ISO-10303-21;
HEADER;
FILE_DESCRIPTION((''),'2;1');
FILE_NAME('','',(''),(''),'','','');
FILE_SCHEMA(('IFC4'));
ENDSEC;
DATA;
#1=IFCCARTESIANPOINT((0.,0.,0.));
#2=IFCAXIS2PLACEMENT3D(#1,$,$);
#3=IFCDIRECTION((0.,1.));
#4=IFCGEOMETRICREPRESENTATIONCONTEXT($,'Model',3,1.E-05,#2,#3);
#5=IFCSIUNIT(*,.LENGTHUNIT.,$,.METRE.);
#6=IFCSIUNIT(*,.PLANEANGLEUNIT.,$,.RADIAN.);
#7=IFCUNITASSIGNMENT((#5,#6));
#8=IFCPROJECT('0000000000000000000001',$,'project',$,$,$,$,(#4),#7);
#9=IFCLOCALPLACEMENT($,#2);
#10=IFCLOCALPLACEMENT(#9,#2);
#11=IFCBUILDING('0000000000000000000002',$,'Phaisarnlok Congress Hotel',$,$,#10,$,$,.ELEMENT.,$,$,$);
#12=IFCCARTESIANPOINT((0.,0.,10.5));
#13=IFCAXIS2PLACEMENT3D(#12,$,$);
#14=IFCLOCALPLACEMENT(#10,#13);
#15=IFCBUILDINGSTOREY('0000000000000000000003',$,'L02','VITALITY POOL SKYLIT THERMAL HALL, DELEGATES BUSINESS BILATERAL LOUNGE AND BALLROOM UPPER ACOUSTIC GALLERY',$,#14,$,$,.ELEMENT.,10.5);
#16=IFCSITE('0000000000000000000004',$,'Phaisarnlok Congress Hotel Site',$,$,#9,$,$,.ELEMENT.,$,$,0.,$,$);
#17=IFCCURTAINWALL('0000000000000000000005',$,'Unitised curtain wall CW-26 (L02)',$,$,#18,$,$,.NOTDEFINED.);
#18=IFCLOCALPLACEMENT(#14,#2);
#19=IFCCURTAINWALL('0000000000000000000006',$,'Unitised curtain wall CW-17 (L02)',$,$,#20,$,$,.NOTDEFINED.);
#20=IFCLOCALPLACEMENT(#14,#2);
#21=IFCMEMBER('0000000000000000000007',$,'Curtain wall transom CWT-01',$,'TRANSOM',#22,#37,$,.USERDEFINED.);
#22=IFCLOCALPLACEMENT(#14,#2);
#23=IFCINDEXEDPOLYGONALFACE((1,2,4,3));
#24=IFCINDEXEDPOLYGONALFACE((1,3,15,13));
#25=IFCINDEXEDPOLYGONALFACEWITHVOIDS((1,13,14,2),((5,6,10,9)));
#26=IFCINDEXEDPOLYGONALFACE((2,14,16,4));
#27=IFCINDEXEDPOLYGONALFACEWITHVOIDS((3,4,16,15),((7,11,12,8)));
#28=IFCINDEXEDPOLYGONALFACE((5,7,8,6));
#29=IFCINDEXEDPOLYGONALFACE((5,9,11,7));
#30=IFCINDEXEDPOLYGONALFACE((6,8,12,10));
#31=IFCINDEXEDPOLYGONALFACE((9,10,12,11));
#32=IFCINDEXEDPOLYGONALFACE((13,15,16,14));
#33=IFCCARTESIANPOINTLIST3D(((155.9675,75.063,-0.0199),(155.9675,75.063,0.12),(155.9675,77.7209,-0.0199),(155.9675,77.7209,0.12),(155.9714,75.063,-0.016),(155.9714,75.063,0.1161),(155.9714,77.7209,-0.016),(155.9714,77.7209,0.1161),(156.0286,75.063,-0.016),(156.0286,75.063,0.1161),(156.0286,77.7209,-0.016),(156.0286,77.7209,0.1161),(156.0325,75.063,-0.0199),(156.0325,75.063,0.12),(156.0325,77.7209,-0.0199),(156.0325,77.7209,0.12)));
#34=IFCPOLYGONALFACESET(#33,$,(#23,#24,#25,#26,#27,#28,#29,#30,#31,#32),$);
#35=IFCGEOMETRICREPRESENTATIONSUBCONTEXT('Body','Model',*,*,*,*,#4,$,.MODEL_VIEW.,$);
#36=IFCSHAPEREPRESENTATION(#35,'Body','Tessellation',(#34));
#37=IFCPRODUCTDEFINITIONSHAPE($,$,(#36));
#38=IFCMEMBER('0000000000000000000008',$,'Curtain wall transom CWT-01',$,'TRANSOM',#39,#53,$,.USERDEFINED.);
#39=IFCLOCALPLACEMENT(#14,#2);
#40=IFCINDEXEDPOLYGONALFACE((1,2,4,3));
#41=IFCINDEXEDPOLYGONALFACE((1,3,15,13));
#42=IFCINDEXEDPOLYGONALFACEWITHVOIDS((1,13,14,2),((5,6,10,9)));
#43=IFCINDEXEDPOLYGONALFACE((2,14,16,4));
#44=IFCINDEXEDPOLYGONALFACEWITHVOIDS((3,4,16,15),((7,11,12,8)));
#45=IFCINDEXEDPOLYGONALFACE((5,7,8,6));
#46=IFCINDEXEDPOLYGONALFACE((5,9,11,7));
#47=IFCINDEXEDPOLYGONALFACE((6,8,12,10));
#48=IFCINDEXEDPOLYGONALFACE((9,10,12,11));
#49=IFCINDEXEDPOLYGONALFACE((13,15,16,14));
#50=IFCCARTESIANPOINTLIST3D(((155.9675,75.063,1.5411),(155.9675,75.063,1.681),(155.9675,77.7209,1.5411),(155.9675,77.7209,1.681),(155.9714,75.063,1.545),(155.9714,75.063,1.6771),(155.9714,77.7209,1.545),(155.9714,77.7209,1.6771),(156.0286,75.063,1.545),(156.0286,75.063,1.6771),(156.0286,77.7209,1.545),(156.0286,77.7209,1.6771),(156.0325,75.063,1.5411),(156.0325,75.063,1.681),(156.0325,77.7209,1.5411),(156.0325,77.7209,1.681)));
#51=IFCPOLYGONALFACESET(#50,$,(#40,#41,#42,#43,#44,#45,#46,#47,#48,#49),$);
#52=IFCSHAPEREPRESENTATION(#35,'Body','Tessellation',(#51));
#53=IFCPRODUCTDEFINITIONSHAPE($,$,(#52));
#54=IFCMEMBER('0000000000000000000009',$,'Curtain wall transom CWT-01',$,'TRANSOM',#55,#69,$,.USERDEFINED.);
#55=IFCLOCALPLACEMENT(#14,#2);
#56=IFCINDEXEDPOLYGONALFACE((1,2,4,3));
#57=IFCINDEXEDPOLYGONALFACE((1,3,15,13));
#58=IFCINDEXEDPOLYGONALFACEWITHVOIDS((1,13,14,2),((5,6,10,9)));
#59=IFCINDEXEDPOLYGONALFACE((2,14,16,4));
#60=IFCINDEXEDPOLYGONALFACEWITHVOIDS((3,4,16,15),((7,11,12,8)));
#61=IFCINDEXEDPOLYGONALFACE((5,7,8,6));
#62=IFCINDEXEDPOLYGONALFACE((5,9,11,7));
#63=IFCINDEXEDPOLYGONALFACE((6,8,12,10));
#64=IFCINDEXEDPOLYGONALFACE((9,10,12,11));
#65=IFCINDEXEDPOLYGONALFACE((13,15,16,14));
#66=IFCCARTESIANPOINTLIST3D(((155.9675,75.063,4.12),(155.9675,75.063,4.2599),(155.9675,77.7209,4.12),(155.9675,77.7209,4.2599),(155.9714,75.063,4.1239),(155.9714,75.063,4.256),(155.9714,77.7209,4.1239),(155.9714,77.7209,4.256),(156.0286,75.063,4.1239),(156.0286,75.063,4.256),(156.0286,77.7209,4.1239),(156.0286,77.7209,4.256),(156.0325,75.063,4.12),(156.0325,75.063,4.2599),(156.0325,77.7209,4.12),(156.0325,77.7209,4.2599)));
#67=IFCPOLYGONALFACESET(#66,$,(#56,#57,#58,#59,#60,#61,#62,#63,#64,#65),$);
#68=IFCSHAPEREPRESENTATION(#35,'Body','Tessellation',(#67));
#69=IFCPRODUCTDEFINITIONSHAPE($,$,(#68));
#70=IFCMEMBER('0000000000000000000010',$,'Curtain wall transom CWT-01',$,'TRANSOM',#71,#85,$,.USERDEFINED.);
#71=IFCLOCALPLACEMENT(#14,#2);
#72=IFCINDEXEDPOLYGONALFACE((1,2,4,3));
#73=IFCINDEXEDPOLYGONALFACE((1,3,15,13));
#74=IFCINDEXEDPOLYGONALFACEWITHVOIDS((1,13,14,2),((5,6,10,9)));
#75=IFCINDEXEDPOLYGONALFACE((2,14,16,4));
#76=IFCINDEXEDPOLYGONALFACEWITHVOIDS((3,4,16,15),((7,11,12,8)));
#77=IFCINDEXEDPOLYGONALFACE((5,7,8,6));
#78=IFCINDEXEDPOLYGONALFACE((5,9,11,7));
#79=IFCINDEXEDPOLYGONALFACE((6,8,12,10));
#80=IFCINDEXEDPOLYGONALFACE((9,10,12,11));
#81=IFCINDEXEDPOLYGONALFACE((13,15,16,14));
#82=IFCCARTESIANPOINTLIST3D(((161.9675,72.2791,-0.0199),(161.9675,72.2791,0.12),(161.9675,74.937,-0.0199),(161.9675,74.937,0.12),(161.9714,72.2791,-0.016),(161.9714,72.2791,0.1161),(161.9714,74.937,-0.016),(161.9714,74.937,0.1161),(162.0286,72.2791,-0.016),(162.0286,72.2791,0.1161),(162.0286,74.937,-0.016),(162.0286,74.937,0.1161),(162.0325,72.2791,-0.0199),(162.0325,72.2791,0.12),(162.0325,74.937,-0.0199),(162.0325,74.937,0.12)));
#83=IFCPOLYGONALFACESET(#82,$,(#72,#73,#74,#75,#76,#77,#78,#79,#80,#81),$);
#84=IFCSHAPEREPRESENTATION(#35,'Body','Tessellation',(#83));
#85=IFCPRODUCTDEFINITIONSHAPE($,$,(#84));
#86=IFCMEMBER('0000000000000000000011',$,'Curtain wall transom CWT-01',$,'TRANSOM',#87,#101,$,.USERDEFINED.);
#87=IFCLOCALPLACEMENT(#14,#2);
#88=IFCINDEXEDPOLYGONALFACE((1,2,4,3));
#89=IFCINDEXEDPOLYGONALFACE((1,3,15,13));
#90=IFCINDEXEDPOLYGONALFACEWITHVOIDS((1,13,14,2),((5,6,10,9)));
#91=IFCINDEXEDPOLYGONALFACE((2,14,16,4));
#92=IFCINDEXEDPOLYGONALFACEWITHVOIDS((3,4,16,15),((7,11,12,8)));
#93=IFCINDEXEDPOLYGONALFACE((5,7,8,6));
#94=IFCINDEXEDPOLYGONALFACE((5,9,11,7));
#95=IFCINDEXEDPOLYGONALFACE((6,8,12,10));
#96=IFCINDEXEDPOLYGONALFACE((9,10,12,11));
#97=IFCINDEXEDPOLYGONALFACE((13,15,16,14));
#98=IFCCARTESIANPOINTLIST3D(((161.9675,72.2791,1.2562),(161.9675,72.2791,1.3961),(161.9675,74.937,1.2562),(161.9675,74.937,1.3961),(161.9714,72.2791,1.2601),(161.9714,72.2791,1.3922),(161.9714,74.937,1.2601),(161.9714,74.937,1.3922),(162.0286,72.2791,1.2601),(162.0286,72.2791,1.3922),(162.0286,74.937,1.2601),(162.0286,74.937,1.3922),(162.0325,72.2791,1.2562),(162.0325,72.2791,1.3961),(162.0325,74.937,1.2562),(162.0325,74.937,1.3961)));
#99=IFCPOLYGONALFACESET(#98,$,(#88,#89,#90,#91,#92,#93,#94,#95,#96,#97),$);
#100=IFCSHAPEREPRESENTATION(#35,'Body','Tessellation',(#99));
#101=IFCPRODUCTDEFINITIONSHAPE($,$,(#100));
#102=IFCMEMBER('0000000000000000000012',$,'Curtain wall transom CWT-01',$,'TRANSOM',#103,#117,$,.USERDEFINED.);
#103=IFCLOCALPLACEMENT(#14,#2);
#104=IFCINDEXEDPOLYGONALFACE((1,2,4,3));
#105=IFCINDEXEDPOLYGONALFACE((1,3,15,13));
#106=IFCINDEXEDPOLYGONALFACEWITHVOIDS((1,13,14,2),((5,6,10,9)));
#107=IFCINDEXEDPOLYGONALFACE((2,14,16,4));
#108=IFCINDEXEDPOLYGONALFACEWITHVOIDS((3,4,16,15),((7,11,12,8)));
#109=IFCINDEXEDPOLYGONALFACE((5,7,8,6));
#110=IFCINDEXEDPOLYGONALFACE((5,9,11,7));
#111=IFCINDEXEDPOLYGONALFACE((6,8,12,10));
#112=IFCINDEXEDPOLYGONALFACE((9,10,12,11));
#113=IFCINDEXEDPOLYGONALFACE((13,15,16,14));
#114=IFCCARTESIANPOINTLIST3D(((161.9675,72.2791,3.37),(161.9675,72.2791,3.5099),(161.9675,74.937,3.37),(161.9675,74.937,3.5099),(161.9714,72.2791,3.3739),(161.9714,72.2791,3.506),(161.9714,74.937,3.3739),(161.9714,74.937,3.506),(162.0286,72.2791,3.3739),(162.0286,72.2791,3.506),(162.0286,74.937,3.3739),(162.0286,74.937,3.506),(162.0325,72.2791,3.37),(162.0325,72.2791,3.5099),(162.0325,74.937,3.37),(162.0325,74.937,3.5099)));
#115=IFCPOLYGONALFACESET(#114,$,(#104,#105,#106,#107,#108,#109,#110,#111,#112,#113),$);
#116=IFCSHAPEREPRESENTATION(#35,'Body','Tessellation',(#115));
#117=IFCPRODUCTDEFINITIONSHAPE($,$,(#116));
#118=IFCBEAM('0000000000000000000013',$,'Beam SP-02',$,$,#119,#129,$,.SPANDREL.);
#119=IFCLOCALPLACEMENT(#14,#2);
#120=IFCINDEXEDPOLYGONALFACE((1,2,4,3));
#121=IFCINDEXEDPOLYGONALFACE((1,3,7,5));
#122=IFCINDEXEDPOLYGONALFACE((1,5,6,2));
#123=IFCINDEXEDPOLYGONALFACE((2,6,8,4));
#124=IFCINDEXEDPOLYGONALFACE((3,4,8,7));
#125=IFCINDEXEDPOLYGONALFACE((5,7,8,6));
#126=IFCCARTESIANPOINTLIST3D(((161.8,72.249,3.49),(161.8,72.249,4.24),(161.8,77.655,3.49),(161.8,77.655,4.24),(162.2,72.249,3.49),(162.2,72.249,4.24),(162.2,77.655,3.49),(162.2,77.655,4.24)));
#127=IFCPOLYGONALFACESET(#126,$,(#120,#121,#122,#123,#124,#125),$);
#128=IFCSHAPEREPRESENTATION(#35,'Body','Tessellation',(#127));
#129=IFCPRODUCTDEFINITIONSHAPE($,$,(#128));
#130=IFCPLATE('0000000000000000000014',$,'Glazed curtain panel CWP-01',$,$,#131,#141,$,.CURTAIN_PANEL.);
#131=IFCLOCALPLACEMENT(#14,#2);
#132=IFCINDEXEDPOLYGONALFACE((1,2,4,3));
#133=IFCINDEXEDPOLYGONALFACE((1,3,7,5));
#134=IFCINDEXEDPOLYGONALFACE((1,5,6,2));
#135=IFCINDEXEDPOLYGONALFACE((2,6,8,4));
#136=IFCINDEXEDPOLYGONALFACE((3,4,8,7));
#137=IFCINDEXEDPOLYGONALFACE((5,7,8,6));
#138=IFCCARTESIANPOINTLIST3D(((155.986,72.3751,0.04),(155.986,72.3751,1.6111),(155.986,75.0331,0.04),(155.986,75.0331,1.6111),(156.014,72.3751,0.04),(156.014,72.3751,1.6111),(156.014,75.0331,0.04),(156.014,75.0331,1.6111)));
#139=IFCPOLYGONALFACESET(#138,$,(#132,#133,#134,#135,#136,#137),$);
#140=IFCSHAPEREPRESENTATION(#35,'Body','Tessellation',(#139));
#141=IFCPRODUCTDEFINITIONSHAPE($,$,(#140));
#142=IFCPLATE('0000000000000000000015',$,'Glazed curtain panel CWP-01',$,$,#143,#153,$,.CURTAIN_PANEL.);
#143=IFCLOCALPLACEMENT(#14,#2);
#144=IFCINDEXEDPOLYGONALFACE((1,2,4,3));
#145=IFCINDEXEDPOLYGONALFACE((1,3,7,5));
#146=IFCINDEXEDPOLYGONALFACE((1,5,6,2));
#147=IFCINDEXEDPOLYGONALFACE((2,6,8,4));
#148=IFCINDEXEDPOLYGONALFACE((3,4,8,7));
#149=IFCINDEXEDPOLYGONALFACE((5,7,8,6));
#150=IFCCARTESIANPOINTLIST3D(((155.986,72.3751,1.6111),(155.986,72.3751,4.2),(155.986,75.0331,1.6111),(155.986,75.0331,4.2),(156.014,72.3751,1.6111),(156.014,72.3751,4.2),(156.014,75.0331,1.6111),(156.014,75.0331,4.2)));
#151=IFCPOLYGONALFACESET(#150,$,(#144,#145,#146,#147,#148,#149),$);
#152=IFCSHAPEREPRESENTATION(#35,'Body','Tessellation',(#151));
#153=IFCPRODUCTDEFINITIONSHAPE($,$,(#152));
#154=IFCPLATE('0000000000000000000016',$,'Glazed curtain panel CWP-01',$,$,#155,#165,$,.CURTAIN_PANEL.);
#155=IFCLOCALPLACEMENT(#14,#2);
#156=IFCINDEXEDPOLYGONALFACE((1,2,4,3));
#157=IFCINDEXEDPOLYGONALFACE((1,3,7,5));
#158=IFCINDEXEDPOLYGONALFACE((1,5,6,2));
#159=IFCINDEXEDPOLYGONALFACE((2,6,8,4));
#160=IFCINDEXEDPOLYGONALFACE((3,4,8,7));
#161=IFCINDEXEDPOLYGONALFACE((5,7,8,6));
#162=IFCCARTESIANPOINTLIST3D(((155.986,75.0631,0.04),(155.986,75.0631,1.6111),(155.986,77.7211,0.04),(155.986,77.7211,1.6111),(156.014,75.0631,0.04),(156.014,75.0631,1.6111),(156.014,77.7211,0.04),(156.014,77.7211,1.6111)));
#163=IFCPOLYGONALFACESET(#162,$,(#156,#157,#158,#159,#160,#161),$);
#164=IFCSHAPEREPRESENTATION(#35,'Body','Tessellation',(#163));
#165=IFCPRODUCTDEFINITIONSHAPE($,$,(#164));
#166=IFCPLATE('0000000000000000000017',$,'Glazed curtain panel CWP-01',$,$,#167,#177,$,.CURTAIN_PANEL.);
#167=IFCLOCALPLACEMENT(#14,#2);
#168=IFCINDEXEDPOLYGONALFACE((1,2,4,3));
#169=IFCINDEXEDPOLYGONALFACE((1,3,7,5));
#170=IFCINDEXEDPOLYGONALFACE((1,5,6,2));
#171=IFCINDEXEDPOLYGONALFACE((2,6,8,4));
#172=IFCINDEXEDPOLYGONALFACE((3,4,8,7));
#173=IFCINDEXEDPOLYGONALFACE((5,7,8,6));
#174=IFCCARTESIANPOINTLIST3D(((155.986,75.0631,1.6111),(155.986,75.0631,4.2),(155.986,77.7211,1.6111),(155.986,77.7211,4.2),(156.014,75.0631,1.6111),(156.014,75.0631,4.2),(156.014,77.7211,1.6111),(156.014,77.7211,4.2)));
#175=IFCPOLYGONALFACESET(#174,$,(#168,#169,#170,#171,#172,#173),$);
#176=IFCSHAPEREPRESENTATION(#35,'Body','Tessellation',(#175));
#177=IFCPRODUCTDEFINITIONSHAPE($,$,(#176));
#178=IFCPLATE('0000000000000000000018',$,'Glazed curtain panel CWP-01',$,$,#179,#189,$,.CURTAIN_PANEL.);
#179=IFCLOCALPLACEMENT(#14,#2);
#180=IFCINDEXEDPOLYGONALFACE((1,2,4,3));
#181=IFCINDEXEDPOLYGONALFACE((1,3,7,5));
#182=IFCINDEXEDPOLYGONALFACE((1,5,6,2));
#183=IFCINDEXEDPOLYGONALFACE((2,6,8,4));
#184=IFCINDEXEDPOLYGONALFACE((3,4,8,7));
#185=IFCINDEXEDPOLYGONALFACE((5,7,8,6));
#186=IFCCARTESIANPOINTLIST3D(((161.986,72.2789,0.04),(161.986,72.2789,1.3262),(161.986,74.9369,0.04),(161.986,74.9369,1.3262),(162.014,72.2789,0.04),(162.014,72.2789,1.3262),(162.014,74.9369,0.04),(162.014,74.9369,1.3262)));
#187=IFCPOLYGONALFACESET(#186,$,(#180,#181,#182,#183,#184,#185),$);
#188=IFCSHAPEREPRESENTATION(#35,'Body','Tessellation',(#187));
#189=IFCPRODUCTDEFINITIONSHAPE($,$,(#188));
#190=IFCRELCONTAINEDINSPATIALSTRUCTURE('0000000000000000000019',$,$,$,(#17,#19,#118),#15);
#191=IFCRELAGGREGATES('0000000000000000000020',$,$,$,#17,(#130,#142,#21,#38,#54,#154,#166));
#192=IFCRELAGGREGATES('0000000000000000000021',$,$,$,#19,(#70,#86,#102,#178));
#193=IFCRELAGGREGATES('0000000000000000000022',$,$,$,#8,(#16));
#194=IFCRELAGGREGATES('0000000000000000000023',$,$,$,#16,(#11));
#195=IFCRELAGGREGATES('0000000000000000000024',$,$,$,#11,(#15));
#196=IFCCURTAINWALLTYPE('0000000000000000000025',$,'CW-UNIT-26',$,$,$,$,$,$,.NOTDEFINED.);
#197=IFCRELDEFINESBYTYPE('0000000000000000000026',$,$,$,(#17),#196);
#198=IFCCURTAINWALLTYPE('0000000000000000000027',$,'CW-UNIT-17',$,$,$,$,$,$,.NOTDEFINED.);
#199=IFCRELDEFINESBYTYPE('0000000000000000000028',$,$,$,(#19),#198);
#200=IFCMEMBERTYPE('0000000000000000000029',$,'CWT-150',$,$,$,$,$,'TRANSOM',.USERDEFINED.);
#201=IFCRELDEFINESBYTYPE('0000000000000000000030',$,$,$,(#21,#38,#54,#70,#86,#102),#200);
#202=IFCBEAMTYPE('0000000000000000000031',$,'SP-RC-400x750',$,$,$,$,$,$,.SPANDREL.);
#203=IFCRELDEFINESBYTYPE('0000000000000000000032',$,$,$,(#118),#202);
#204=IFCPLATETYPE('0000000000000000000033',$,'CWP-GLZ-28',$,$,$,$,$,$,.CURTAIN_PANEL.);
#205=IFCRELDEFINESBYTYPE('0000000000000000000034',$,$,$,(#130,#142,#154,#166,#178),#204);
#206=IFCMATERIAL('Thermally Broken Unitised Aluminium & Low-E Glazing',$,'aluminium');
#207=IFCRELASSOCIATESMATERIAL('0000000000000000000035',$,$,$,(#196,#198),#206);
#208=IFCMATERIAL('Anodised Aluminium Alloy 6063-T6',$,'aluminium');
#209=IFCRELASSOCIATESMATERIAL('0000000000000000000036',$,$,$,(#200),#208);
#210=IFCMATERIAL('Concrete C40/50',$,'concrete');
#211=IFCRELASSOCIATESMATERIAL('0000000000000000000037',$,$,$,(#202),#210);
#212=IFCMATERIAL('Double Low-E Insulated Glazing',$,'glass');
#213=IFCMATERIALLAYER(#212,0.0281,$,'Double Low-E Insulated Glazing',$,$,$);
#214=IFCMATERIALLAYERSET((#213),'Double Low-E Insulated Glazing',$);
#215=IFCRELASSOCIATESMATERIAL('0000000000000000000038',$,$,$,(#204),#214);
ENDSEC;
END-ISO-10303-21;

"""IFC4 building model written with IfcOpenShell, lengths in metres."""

from ifc_helpers import new_model, si_unit, direction, frame, frame_2d, origin, origin_2d, place, context, subcontext, project, spatial, rectangle, hollow_rectangle, extrude, material, layer, layer_set, material_profile, profile_set, type_object, element, aggregate, save


model = new_model("IFC4")

# Units and contexts
model_context = context("Model", 3, precision=1e-05, world=origin(), true_north=direction((0.0, 1.0)))
body_context = subcontext(model_context, "Body", "Model", "MODEL_VIEW")
ifc_project = project(units=[si_unit("LENGTHUNIT", "METRE"), si_unit("PLANEANGLEUNIT", "RADIAN")], contexts=[model_context])

# Site, building, storey
site_placement = place(None, origin())
site = spatial("IfcSite", under=ifc_project, at=site_placement, Name="Phaisarnlok Congress Hotel Site", CompositionType="ELEMENT", RefElevation=0.0)
building_placement = place(site_placement, origin())
building = spatial("IfcBuilding", under=site, at=building_placement, Name="Phaisarnlok Congress Hotel", CompositionType="ELEMENT")
storey_placement = place(building_placement, frame((0.0, 0.0, 10.5)))
storey = spatial("IfcBuildingStorey", under=building, at=storey_placement, Name="L02", Description="VITALITY POOL SKYLIT THERMAL HALL, DELEGATES BUSINESS BILATERAL LOUNGE AND BALLROOM UPPER ACOUSTIC GALLERY", CompositionType="ELEMENT", Elevation=10.5)

# Curtain wall
ifc_material_1 = material(Name="Thermally Broken Unitised Aluminium & Low-E Glazing", Category="aluminium")
curtain_wall_type_1 = type_object("IfcCurtainWallType", Name="CW-UNIT-26", PredefinedType="NOTDEFINED", material=ifc_material_1)
curtain_wall_1_placement = place(storey_placement, origin())
curtain_wall_1 = element("IfcCurtainWall", 1, at=curtain_wall_1_placement, inside=storey, type_object=curtain_wall_type_1, Name="Unitised curtain wall CW-26 (L02)", PredefinedType="NOTDEFINED")
ifc_material_2 = material(Name="Anodised Aluminium Alloy 6063-T6", Category="aluminium")

# Curtain wall
curtain_wall_type_2 = type_object("IfcCurtainWallType", Name="CW-UNIT-17", PredefinedType="NOTDEFINED", material=ifc_material_1)
curtain_wall_2_placement = place(storey_placement, origin())
curtain_wall_2 = element("IfcCurtainWall", 2, at=curtain_wall_2_placement, inside=storey, type_object=curtain_wall_type_2, Name="Unitised curtain wall CW-17 (L02)", PredefinedType="NOTDEFINED")

# Members
ifc_material_profile_1 = material_profile(ifc_material_2, hollow_rectangle(XDim=0.0649, YDim=0.1399, WallThickness=0.0039, at=origin_2d()), Name="ALU-T 65x140x4")
ifc_profile_set_1 = profile_set([ifc_material_profile_1], Name="Anodised Aluminium Alloy 6063-T6")
member_type_1 = type_object("IfcMemberType", Name="CWT-150", ElementType="TRANSOM", PredefinedType="USERDEFINED", material=ifc_profile_set_1)
member_1_placement = place(storey_placement, frame((156.0, 75.063, 0.05), z_axis=(0.0, 1.0, 0.0), x_axis=(-1.0, 0.0, 0.0)))
member_1 = element("IfcMember", 3, at=member_1_placement, type_object=member_type_1, Name="Curtain wall transom CWT-01", ObjectType="TRANSOM", PredefinedType="USERDEFINED", context=body_context, shape_type="SweptSolid", body=[
    extrude(hollow_rectangle(XDim=0.0649, YDim=0.1399, WallThickness=0.0039, at=origin_2d()), origin(), (0.0, 0.0, 1.0), 2.658),
])
member_2_placement = place(storey_placement, frame((156.0, 75.063, 1.6111), z_axis=(0.0, 1.0, 0.0), x_axis=(-1.0, 0.0, 0.0)))
member_2 = element("IfcMember", 4, at=member_2_placement, type_object=member_type_1, Name="Curtain wall transom CWT-01", ObjectType="TRANSOM", PredefinedType="USERDEFINED", context=body_context, shape_type="SweptSolid", body=[
    extrude(hollow_rectangle(XDim=0.0649, YDim=0.1399, WallThickness=0.0039, at=origin_2d()), origin(), (0.0, 0.0, 1.0), 2.658),
])
member_3_placement = place(storey_placement, frame((156.0, 75.063, 4.1899), z_axis=(0.0, 1.0, 0.0), x_axis=(-1.0, 0.0, 0.0)))
member_3 = element("IfcMember", 5, at=member_3_placement, type_object=member_type_1, Name="Curtain wall transom CWT-01", ObjectType="TRANSOM", PredefinedType="USERDEFINED", context=body_context, shape_type="SweptSolid", body=[
    extrude(hollow_rectangle(XDim=0.0649, YDim=0.1399, WallThickness=0.0039, at=origin_2d()), origin(), (0.0, 0.0, 1.0), 2.658),
])
member_4_placement = place(storey_placement, frame((162.0, 74.937, 0.05), z_axis=(0.0, -1.0, 0.0), x_axis=(1.0, 0.0, 0.0)))
member_4 = element("IfcMember", 6, at=member_4_placement, type_object=member_type_1, Name="Curtain wall transom CWT-01", ObjectType="TRANSOM", PredefinedType="USERDEFINED", context=body_context, shape_type="SweptSolid", body=[
    extrude(hollow_rectangle(XDim=0.0649, YDim=0.1399, WallThickness=0.0039, at=origin_2d()), origin(), (0.0, 0.0, 1.0), 2.658),
])
member_5_placement = place(storey_placement, frame((162.0, 74.937, 1.3262), z_axis=(0.0, -1.0, 0.0), x_axis=(1.0, 0.0, 0.0)))
member_5 = element("IfcMember", 7, at=member_5_placement, type_object=member_type_1, Name="Curtain wall transom CWT-01", ObjectType="TRANSOM", PredefinedType="USERDEFINED", context=body_context, shape_type="SweptSolid", body=[
    extrude(hollow_rectangle(XDim=0.0649, YDim=0.1399, WallThickness=0.0039, at=origin_2d()), origin(), (0.0, 0.0, 1.0), 2.658),
])
member_6_placement = place(storey_placement, frame((162.0, 74.937, 3.4399), z_axis=(0.0, -1.0, 0.0), x_axis=(1.0, 0.0, 0.0)))
member_6 = element("IfcMember", 8, at=member_6_placement, type_object=member_type_1, Name="Curtain wall transom CWT-01", ObjectType="TRANSOM", PredefinedType="USERDEFINED", context=body_context, shape_type="SweptSolid", body=[
    extrude(hollow_rectangle(XDim=0.0649, YDim=0.1399, WallThickness=0.0039, at=origin_2d()), origin(), (0.0, 0.0, 1.0), 2.658),
])

# Beam
ifc_material_3 = material(Name="Concrete C40/50", Category="concrete")
ifc_material_profile_2 = material_profile(ifc_material_3, rectangle(XDim=0.3999, YDim=0.75, at=origin_2d()), Name="RC 400x750")
ifc_profile_set_2 = profile_set([ifc_material_profile_2], Name="Concrete C40/50")
beam_type = type_object("IfcBeamType", Name="SP-RC-400x750", PredefinedType="SPANDREL", material=ifc_profile_set_2)
beam_placement = place(storey_placement, frame((162.0, 72.249, 3.865), z_axis=(0.0, 1.0, 0.0), x_axis=(-1.0, 0.0, 0.0)))
element("IfcBeam", 9, at=beam_placement, inside=storey, type_object=beam_type, Name="Beam SP-02", PredefinedType="SPANDREL", context=body_context, shape_type="SweptSolid", body=[
    extrude(rectangle(XDim=0.3999, YDim=0.75, at=origin_2d()), origin(), (0.0, 0.0, 1.0), 5.406),
])

# Plates
ifc_material_4 = material(Name="Double Low-E Insulated Glazing", Category="glass")
ifc_layer_1 = layer(ifc_material_4, 0.0281, Name="Double Low-E Insulated Glazing")
ifc_layer_set_1 = layer_set([ifc_layer_1], Name="Double Low-E Insulated Glazing")
plate_type_1 = type_object("IfcPlateType", Name="CWP-GLZ-28", PredefinedType="CURTAIN_PANEL", material=ifc_layer_set_1)
plate_1_placement = place(storey_placement, frame((156.0, 72.375, 0.04), z_axis=(0.0, 0.0, 1.0), x_axis=(0.0, 1.0, 0.0)))
plate_1 = element("IfcPlate", 10, at=plate_1_placement, type_object=plate_type_1, Name="Glazed curtain panel CWP-01", PredefinedType="CURTAIN_PANEL", context=body_context, shape_type="SweptSolid", body=[
    extrude(rectangle(XDim=2.658, YDim=0.0281, at=frame_2d((1.3291, 0.0))), origin(), (0.0, 0.0, 1.0), 1.571),
])
plate_2_placement = place(storey_placement, frame((156.0, 72.375, 1.6111), z_axis=(0.0, 0.0, 1.0), x_axis=(0.0, 1.0, 0.0)))
plate_2 = element("IfcPlate", 11, at=plate_2_placement, type_object=plate_type_1, Name="Glazed curtain panel CWP-01", PredefinedType="CURTAIN_PANEL", context=body_context, shape_type="SweptSolid", body=[
    extrude(rectangle(XDim=2.658, YDim=0.0281, at=frame_2d((1.3291, 0.0))), origin(), (0.0, 0.0, 1.0), 2.5889),
])
plate_3_placement = place(storey_placement, frame((156.0, 75.063, 0.04), z_axis=(0.0, 0.0, 1.0), x_axis=(0.0, 1.0, 0.0)))
plate_3 = element("IfcPlate", 12, at=plate_3_placement, type_object=plate_type_1, Name="Glazed curtain panel CWP-01", PredefinedType="CURTAIN_PANEL", context=body_context, shape_type="SweptSolid", body=[
    extrude(rectangle(XDim=2.658, YDim=0.0281, at=frame_2d((1.3291, 0.0))), origin(), (0.0, 0.0, 1.0), 1.571),
])
plate_4_placement = place(storey_placement, frame((156.0, 75.063, 1.6111), z_axis=(0.0, 0.0, 1.0), x_axis=(0.0, 1.0, 0.0)))
plate_4 = element("IfcPlate", 13, at=plate_4_placement, type_object=plate_type_1, Name="Glazed curtain panel CWP-01", PredefinedType="CURTAIN_PANEL", context=body_context, shape_type="SweptSolid", body=[
    extrude(rectangle(XDim=2.658, YDim=0.0281, at=frame_2d((1.3291, 0.0))), origin(), (0.0, 0.0, 1.0), 2.5889),
])
aggregate(curtain_wall_1, [plate_1, plate_2, member_1, member_2, member_3, plate_3, plate_4])
plate_5_placement = place(storey_placement, frame((162.0, 74.937, 0.04), z_axis=(0.0, 0.0, 1.0), x_axis=(0.0, -1.0, 0.0)))
plate_5 = element("IfcPlate", 14, at=plate_5_placement, type_object=plate_type_1, Name="Glazed curtain panel CWP-01", PredefinedType="CURTAIN_PANEL", context=body_context, shape_type="SweptSolid", body=[
    extrude(rectangle(XDim=2.658, YDim=0.0281, at=frame_2d((1.3291, 0.0))), origin(), (0.0, 0.0, 1.0), 1.2861),
])
aggregate(curtain_wall_2, [member_4, member_5, member_6, plate_5])

save(model, "model.ifc")
